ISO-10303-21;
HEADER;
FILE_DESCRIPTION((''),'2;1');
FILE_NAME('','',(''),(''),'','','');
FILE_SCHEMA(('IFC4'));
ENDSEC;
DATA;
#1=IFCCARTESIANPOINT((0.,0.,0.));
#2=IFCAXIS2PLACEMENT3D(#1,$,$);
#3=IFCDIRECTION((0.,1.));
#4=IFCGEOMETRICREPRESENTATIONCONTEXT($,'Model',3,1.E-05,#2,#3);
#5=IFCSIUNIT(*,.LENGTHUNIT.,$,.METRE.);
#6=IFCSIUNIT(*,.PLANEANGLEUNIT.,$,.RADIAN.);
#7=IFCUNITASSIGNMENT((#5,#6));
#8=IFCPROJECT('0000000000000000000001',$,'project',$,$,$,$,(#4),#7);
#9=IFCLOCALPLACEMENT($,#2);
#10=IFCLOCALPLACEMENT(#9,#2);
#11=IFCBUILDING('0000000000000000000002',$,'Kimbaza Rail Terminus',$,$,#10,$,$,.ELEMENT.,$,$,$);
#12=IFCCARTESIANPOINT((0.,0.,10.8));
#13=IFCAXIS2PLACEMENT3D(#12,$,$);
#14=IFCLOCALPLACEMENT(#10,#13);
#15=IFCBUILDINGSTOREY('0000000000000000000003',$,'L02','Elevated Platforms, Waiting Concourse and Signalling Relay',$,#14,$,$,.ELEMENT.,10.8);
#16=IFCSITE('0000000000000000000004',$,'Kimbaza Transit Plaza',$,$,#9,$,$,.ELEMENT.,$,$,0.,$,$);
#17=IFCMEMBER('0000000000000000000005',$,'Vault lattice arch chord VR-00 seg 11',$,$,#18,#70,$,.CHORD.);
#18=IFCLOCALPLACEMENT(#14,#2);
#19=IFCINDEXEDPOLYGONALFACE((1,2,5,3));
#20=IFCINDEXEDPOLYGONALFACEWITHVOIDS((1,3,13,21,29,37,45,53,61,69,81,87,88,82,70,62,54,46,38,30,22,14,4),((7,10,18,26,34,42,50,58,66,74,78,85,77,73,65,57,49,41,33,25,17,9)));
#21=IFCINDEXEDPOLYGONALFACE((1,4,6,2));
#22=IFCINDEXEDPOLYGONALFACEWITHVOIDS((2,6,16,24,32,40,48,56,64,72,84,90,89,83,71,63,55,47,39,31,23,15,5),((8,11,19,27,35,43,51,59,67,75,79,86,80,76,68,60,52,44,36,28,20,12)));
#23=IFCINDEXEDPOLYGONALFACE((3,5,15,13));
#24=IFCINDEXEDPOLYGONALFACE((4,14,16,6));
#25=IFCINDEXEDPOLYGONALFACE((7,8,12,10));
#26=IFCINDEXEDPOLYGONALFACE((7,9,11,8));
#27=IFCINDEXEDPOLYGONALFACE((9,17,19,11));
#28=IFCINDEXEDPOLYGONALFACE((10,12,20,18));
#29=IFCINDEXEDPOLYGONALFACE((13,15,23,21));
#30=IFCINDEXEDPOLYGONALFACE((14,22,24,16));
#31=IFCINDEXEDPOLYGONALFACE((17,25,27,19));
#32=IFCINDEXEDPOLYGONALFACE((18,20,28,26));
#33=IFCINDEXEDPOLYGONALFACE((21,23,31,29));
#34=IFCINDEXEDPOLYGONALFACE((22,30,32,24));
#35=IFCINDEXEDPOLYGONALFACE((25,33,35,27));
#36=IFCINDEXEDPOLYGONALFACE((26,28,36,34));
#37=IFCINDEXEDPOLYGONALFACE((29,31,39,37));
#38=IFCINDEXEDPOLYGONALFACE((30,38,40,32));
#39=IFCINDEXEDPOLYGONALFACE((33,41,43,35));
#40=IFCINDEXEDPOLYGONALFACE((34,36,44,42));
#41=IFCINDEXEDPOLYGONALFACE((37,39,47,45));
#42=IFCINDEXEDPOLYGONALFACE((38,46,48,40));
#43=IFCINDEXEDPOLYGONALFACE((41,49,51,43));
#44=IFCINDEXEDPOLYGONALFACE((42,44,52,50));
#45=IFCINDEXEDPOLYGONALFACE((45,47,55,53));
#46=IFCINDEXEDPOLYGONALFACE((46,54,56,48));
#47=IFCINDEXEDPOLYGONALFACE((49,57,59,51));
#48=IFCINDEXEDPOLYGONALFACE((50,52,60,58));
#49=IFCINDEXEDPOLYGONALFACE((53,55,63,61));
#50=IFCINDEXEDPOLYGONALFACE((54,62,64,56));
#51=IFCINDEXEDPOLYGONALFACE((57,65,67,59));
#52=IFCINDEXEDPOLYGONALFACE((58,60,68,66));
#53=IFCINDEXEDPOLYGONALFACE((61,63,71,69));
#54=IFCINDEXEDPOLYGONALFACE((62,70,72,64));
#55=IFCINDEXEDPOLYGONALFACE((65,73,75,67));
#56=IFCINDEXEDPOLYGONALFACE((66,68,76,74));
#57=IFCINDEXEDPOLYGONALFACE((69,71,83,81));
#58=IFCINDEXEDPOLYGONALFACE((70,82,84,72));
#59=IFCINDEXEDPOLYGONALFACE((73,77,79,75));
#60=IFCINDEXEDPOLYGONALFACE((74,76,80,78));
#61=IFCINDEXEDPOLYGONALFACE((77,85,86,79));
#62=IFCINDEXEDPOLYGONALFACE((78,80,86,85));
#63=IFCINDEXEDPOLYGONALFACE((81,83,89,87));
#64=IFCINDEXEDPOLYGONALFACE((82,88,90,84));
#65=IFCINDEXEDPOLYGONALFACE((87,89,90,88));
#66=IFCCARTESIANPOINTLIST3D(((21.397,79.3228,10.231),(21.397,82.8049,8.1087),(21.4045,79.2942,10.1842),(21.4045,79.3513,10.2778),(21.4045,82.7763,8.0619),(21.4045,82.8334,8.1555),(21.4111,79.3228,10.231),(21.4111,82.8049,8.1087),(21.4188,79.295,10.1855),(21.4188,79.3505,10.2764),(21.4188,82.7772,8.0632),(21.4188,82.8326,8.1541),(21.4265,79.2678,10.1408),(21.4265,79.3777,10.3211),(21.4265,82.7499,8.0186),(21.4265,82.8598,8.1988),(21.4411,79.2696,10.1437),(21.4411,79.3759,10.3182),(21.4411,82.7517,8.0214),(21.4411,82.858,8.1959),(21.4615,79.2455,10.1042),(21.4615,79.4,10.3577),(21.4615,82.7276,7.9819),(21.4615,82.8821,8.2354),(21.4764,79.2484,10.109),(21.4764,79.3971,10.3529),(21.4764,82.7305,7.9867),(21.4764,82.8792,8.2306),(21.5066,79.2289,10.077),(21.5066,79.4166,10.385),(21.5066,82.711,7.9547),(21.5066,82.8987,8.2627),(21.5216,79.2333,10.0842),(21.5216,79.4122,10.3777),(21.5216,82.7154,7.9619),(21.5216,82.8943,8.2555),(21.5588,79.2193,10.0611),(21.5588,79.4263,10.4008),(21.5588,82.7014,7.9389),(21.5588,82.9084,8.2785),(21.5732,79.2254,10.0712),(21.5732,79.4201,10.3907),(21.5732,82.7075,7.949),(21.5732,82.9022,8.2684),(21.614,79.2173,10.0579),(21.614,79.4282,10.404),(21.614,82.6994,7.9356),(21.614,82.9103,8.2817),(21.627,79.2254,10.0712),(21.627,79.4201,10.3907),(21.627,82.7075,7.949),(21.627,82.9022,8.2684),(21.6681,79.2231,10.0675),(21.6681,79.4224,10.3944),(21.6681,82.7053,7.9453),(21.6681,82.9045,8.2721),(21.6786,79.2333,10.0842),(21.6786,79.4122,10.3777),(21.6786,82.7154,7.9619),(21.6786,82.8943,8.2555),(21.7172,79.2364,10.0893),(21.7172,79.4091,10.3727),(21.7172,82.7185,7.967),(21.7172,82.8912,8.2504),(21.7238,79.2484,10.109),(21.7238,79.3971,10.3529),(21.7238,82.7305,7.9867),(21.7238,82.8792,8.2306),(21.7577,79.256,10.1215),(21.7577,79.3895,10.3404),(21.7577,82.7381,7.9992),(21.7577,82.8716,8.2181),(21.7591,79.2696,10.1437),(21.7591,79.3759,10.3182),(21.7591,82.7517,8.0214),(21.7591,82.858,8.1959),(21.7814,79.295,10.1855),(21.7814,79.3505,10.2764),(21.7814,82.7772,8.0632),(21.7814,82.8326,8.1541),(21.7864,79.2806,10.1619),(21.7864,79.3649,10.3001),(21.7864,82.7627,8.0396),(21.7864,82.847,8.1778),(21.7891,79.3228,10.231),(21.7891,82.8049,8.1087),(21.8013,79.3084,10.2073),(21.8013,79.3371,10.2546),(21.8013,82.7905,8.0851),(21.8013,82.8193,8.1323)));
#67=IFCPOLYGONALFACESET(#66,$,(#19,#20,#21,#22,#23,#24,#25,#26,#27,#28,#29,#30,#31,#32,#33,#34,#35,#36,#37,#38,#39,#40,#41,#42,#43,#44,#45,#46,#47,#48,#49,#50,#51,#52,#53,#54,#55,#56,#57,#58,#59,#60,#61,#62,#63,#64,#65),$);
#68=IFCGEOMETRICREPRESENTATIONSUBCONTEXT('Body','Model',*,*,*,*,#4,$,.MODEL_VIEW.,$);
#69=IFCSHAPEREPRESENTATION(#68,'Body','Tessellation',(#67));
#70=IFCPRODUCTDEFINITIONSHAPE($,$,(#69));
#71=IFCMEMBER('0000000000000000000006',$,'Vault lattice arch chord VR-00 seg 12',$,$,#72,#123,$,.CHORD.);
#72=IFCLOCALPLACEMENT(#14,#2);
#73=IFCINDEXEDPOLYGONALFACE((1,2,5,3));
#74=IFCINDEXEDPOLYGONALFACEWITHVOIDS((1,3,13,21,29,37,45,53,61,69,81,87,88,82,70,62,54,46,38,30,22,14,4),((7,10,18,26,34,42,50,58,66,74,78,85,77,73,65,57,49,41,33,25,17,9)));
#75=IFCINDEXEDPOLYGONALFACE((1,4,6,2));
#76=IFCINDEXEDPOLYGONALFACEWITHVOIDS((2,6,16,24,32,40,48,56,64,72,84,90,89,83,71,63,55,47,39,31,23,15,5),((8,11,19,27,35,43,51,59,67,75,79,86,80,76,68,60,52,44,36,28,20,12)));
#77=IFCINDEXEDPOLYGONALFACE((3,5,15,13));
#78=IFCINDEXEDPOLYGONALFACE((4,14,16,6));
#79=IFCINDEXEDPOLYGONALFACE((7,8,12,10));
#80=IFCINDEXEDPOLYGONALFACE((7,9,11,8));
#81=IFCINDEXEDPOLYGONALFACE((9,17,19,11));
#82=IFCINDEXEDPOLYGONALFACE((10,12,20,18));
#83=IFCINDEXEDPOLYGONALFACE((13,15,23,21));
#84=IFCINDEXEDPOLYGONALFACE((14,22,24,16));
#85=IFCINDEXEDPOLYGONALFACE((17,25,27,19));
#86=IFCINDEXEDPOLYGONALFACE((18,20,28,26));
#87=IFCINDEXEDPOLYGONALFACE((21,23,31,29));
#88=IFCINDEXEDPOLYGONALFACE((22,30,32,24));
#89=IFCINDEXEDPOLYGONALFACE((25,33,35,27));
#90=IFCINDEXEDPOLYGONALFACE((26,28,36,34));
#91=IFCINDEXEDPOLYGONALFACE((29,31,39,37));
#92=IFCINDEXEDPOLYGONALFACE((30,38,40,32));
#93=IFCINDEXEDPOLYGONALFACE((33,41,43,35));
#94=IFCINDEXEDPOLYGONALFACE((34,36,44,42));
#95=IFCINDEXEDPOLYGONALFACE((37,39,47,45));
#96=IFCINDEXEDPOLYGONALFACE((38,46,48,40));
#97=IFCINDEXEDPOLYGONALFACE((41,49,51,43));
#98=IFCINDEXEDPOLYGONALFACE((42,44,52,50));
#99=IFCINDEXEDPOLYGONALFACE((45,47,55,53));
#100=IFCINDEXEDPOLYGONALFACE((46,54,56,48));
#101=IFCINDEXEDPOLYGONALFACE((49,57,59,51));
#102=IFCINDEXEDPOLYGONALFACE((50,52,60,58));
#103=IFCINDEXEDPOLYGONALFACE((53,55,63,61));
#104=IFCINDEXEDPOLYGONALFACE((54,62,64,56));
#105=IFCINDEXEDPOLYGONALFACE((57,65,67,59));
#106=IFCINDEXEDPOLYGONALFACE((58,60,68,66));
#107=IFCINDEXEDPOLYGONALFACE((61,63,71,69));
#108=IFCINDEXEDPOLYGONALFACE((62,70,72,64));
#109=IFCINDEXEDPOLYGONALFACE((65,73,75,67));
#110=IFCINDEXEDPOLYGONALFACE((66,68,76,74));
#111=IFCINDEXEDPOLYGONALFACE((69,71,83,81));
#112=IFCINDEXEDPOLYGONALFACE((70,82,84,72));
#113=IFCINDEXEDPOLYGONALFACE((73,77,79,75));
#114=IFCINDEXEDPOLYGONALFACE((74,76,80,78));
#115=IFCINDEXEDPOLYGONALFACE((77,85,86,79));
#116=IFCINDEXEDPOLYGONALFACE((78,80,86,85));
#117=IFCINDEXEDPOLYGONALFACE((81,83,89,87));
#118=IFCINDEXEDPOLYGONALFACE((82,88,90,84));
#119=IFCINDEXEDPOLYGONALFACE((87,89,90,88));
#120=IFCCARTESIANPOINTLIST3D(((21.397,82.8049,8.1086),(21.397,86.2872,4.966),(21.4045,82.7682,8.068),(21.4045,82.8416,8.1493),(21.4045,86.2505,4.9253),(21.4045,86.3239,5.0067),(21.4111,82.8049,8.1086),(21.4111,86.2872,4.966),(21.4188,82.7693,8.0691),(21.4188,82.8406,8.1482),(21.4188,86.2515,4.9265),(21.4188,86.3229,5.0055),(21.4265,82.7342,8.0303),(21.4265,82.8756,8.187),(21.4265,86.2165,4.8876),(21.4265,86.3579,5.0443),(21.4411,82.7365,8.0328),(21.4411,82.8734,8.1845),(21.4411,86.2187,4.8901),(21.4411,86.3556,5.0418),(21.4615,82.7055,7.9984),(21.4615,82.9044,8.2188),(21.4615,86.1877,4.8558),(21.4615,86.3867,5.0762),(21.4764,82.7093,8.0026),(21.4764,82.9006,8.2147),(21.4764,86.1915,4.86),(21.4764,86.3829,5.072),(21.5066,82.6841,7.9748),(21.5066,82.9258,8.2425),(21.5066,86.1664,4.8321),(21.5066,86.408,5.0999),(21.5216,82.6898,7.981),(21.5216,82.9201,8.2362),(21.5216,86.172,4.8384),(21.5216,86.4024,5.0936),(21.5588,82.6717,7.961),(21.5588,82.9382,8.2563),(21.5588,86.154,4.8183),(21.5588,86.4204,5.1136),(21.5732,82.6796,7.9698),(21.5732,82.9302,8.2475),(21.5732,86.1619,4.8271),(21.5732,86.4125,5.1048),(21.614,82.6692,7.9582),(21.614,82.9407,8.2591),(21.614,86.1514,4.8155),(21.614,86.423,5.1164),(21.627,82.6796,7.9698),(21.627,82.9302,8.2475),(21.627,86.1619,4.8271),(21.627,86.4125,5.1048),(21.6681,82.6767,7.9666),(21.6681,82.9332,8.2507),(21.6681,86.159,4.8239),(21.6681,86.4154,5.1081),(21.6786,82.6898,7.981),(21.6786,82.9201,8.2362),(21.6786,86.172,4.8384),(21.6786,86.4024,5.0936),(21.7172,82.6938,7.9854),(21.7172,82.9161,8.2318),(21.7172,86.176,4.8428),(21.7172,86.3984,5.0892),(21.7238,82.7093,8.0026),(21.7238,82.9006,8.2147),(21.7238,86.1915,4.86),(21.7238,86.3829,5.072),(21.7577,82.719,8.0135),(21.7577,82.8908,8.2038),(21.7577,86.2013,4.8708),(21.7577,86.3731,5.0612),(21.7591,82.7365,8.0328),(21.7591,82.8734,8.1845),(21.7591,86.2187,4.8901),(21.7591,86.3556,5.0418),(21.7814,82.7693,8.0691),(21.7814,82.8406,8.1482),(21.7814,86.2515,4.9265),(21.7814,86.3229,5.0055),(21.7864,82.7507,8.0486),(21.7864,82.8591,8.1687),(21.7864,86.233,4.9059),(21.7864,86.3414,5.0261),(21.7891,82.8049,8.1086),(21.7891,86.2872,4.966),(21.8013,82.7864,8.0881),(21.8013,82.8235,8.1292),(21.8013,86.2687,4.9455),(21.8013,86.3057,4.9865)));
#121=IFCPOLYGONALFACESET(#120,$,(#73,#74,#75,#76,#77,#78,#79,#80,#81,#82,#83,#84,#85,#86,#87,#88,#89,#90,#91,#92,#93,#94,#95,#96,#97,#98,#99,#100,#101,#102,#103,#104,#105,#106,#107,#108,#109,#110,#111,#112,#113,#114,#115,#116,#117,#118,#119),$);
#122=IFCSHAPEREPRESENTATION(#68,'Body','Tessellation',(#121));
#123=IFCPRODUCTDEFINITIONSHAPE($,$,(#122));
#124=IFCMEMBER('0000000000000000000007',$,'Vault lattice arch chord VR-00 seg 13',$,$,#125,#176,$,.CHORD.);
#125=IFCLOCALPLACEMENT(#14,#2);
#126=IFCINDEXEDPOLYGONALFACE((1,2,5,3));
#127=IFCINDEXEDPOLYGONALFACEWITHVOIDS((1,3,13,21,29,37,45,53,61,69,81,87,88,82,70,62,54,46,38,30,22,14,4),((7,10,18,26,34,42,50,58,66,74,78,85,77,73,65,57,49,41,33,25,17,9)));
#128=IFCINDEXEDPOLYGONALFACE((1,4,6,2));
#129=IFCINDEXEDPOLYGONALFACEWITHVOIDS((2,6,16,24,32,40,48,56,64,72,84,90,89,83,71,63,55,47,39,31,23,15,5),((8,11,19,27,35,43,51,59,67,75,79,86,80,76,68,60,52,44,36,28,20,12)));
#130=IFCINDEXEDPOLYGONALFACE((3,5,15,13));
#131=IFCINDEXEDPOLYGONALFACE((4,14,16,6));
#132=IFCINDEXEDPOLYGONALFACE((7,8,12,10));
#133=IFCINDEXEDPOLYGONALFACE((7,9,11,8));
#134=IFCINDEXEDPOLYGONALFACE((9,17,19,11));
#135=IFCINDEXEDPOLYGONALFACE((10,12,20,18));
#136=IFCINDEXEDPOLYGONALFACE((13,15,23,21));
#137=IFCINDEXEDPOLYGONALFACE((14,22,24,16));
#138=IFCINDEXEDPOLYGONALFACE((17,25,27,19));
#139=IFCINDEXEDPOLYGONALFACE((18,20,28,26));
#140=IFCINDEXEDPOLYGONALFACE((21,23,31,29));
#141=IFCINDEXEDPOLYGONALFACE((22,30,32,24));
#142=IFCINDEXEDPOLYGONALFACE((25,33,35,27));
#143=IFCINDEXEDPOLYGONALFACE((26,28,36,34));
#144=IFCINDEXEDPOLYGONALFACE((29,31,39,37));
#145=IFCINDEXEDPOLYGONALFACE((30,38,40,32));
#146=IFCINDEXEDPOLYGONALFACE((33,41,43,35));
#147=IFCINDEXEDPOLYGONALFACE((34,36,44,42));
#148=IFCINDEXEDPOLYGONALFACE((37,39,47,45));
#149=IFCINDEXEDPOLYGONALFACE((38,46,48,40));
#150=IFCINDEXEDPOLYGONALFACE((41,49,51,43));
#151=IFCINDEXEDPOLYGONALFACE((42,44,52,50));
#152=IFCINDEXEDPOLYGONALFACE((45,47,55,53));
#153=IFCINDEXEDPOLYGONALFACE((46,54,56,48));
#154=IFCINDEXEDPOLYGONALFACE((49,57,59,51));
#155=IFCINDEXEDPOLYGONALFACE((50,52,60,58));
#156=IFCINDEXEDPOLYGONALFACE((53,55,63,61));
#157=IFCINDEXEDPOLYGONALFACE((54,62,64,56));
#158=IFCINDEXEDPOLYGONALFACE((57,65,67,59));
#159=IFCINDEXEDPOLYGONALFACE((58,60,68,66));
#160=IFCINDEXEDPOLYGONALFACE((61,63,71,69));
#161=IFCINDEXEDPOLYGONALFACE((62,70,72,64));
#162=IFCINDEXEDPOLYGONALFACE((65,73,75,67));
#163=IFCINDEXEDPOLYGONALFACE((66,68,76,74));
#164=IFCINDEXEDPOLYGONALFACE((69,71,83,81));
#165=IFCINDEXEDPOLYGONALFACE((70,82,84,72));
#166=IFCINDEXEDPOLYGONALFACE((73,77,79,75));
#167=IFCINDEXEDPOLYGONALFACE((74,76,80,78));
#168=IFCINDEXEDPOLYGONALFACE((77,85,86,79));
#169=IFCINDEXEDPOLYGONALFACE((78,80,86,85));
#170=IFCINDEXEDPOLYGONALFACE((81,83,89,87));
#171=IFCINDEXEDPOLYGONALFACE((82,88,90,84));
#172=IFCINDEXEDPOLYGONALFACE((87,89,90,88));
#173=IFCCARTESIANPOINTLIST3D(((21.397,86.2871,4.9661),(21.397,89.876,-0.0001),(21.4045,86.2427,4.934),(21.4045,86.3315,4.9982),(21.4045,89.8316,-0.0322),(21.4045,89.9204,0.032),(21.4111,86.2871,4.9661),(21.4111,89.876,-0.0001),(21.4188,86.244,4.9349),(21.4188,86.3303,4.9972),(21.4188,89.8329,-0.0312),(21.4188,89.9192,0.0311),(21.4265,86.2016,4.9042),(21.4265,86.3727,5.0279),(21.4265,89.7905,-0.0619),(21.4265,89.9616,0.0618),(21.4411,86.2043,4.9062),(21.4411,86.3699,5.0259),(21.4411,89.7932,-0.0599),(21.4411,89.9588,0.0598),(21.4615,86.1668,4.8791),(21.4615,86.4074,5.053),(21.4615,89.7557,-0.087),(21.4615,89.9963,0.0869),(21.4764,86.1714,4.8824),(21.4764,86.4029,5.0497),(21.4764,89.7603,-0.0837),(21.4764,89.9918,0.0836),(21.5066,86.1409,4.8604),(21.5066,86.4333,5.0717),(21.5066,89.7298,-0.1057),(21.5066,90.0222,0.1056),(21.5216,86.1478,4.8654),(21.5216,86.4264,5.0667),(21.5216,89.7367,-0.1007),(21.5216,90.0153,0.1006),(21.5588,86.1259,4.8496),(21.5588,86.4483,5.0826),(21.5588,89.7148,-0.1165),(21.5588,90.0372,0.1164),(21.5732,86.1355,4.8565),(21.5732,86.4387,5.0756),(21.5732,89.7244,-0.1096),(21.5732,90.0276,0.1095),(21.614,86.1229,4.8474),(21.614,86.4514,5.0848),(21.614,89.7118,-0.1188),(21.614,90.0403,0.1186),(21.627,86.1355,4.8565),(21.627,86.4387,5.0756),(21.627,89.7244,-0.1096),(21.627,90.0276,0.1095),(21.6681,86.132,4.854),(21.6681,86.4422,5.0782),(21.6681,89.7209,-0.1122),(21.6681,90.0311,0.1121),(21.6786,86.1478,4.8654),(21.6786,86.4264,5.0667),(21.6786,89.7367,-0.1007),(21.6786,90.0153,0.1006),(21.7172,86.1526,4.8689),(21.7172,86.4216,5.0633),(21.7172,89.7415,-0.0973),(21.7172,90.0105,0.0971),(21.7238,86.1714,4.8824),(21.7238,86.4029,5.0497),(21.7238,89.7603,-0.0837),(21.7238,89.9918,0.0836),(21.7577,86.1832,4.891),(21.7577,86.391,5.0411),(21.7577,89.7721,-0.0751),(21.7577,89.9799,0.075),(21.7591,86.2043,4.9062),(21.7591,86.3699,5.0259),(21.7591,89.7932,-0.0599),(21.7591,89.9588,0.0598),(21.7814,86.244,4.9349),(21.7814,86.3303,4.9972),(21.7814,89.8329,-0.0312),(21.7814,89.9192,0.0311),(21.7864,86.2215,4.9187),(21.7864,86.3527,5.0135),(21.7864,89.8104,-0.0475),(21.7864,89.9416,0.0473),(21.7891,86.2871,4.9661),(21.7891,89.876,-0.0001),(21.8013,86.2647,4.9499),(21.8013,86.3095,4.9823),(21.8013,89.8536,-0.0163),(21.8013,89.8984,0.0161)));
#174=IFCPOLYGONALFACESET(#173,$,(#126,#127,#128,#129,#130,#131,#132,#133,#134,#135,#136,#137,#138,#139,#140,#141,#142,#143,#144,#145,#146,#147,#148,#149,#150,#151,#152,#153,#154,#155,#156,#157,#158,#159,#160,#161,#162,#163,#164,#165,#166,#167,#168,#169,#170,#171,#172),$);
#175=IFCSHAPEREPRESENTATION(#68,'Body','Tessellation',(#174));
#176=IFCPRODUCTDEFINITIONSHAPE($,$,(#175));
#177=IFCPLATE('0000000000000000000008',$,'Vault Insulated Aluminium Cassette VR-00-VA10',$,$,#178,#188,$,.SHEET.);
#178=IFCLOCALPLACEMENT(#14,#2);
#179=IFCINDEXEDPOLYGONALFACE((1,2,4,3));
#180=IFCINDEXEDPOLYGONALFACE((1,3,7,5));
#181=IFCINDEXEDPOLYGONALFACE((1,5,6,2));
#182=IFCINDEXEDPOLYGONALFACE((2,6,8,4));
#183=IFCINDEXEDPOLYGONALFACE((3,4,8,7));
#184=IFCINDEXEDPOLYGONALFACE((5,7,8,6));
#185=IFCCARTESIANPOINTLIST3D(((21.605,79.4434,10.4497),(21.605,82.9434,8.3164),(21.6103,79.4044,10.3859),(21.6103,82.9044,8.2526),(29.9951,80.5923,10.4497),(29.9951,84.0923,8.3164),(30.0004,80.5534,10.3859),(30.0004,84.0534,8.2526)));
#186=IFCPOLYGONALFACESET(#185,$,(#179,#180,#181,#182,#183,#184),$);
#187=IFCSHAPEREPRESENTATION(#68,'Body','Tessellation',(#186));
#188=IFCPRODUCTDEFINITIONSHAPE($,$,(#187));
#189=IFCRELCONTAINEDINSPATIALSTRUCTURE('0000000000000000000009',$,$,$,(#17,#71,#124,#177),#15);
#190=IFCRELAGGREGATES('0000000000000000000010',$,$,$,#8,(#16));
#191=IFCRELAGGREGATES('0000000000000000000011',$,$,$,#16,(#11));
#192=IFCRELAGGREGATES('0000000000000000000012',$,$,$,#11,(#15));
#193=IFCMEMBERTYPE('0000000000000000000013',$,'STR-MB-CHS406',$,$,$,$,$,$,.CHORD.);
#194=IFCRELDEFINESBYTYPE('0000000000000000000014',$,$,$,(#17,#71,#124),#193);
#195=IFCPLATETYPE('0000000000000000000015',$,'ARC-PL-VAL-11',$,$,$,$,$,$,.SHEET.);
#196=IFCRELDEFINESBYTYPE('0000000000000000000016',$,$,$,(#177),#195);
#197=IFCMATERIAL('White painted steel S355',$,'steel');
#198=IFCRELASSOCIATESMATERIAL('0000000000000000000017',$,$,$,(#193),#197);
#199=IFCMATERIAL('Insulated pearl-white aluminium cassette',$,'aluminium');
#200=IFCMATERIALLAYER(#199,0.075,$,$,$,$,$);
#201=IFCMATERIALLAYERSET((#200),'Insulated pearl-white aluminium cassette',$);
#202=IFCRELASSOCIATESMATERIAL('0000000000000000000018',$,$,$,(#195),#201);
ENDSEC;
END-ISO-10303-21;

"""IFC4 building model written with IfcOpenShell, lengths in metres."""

from ifc_helpers import new_model, si_unit, direction, frame, origin, origin_2d, place, context, subcontext, project, spatial, polyline, hollow_circle, outline, extrude, material, layer, layer_set, material_profile, profile_set, type_object, element, save


model = new_model("IFC4")

# Units and contexts
model_context = context("Model", 3, precision=1e-05, world=origin(), true_north=direction((0.0, 1.0)))
body_context = subcontext(model_context, "Body", "Model", "MODEL_VIEW")
ifc_project = project(units=[si_unit("LENGTHUNIT", "METRE"), si_unit("PLANEANGLEUNIT", "RADIAN")], contexts=[model_context])

# Site, building, storey
site_placement = place(None, origin())
site = spatial("IfcSite", under=ifc_project, at=site_placement, Name="Kimbaza Transit Plaza", CompositionType="ELEMENT", RefElevation=0.0)
building_placement = place(site_placement, origin())
building = spatial("IfcBuilding", under=site, at=building_placement, Name="Kimbaza Rail Terminus", CompositionType="ELEMENT")
storey_placement = place(building_placement, frame((0.0, 0.0, 10.8)))
storey = spatial("IfcBuildingStorey", under=building, at=storey_placement, Name="L02", Description="Elevated Platforms, Waiting Concourse and Signalling Relay", CompositionType="ELEMENT", Elevation=10.8)

# Members
ifc_material_1 = material(Name="White painted steel S355", Category="steel")
ifc_material_profile_1 = material_profile(ifc_material_1, hollow_circle(Radius=0.2031, WallThickness=0.0142, at=origin_2d()), Name="CHS 406.4x14.2")
ifc_profile_set_1 = profile_set([ifc_material_profile_1], Name="White painted steel S355")
member_type_1 = type_object("IfcMemberType", Name="STR-MB-CHS406", PredefinedType="CHORD", material=ifc_profile_set_1)
member_1_placement = place(storey_placement, frame((21.6001, 79.3228, 10.231), z_axis=(0.0, 0.853901, -0.520435), x_axis=(-1.0, 0.0, 0.0)))
element("IfcMember", 1, at=member_1_placement, inside=storey, type_object=member_type_1, Name="Vault lattice arch chord VR-00 seg 11", PredefinedType="CHORD", context=body_context, shape_type="SweptSolid", body=[
    extrude(hollow_circle(Radius=0.2031, WallThickness=0.0142, at=origin_2d()), origin(), (0.0, 0.0, 1.0), 4.0779),
])
member_2_placement = place(storey_placement, frame((21.6001, 82.8049, 8.1086), z_axis=(0.0, 0.74238, -0.669979), x_axis=(-1.0, 0.0, 0.0)))
element("IfcMember", 2, at=member_2_placement, inside=storey, type_object=member_type_1, Name="Vault lattice arch chord VR-00 seg 12", PredefinedType="CHORD", context=body_context, shape_type="SweptSolid", body=[
    extrude(hollow_circle(Radius=0.2031, WallThickness=0.0142, at=origin_2d()), origin(), (0.0, 0.0, 1.0), 4.6907),
])
member_3_placement = place(storey_placement, frame((21.6001, 86.2871, 4.9661), z_axis=(0.0, 0.585733, -0.810504), x_axis=(-1.0, 0.0, 0.0)))
element("IfcMember", 3, at=member_3_placement, inside=storey, type_object=member_type_1, Name="Vault lattice arch chord VR-00 seg 13", PredefinedType="CHORD", context=body_context, shape_type="SweptSolid", body=[
    extrude(hollow_circle(Radius=0.2031, WallThickness=0.0142, at=origin_2d()), origin(), (0.0, 0.0, 1.0), 6.1272),
])

# Plate
ifc_material_2 = material(Name="Insulated pearl-white aluminium cassette", Category="aluminium")
ifc_layer_1 = layer(ifc_material_2, 0.075)
ifc_layer_set_1 = layer_set([ifc_layer_1], Name="Insulated pearl-white aluminium cassette")
plate_type_1 = type_object("IfcPlateType", Name="ARC-PL-VAL-11", PredefinedType="SHEET", material=ifc_layer_set_1)
plate_1_placement = place(storey_placement, frame((21.605, 79.4434, 10.4497), z_axis=(-0.07109, 0.51914, 0.851727), x_axis=(0.990754, 0.135672, 0.0)))
element("IfcPlate", 4, at=plate_1_placement, inside=storey, type_object=plate_type_1, Name="Vault Insulated Aluminium Cassette VR-00-VA10", PredefinedType="SHEET", context=body_context, shape_type="SweptSolid", body=[
    extrude(outline(polyline([(0.0, 0.0), (8.4684, 0.0), (8.9433, 4.0713), (0.4749, 4.0713), (0.0, 0.0)])), origin(), (0.0, 0.0, -1.0), 0.075),
])

save(model, "model.ifc")
